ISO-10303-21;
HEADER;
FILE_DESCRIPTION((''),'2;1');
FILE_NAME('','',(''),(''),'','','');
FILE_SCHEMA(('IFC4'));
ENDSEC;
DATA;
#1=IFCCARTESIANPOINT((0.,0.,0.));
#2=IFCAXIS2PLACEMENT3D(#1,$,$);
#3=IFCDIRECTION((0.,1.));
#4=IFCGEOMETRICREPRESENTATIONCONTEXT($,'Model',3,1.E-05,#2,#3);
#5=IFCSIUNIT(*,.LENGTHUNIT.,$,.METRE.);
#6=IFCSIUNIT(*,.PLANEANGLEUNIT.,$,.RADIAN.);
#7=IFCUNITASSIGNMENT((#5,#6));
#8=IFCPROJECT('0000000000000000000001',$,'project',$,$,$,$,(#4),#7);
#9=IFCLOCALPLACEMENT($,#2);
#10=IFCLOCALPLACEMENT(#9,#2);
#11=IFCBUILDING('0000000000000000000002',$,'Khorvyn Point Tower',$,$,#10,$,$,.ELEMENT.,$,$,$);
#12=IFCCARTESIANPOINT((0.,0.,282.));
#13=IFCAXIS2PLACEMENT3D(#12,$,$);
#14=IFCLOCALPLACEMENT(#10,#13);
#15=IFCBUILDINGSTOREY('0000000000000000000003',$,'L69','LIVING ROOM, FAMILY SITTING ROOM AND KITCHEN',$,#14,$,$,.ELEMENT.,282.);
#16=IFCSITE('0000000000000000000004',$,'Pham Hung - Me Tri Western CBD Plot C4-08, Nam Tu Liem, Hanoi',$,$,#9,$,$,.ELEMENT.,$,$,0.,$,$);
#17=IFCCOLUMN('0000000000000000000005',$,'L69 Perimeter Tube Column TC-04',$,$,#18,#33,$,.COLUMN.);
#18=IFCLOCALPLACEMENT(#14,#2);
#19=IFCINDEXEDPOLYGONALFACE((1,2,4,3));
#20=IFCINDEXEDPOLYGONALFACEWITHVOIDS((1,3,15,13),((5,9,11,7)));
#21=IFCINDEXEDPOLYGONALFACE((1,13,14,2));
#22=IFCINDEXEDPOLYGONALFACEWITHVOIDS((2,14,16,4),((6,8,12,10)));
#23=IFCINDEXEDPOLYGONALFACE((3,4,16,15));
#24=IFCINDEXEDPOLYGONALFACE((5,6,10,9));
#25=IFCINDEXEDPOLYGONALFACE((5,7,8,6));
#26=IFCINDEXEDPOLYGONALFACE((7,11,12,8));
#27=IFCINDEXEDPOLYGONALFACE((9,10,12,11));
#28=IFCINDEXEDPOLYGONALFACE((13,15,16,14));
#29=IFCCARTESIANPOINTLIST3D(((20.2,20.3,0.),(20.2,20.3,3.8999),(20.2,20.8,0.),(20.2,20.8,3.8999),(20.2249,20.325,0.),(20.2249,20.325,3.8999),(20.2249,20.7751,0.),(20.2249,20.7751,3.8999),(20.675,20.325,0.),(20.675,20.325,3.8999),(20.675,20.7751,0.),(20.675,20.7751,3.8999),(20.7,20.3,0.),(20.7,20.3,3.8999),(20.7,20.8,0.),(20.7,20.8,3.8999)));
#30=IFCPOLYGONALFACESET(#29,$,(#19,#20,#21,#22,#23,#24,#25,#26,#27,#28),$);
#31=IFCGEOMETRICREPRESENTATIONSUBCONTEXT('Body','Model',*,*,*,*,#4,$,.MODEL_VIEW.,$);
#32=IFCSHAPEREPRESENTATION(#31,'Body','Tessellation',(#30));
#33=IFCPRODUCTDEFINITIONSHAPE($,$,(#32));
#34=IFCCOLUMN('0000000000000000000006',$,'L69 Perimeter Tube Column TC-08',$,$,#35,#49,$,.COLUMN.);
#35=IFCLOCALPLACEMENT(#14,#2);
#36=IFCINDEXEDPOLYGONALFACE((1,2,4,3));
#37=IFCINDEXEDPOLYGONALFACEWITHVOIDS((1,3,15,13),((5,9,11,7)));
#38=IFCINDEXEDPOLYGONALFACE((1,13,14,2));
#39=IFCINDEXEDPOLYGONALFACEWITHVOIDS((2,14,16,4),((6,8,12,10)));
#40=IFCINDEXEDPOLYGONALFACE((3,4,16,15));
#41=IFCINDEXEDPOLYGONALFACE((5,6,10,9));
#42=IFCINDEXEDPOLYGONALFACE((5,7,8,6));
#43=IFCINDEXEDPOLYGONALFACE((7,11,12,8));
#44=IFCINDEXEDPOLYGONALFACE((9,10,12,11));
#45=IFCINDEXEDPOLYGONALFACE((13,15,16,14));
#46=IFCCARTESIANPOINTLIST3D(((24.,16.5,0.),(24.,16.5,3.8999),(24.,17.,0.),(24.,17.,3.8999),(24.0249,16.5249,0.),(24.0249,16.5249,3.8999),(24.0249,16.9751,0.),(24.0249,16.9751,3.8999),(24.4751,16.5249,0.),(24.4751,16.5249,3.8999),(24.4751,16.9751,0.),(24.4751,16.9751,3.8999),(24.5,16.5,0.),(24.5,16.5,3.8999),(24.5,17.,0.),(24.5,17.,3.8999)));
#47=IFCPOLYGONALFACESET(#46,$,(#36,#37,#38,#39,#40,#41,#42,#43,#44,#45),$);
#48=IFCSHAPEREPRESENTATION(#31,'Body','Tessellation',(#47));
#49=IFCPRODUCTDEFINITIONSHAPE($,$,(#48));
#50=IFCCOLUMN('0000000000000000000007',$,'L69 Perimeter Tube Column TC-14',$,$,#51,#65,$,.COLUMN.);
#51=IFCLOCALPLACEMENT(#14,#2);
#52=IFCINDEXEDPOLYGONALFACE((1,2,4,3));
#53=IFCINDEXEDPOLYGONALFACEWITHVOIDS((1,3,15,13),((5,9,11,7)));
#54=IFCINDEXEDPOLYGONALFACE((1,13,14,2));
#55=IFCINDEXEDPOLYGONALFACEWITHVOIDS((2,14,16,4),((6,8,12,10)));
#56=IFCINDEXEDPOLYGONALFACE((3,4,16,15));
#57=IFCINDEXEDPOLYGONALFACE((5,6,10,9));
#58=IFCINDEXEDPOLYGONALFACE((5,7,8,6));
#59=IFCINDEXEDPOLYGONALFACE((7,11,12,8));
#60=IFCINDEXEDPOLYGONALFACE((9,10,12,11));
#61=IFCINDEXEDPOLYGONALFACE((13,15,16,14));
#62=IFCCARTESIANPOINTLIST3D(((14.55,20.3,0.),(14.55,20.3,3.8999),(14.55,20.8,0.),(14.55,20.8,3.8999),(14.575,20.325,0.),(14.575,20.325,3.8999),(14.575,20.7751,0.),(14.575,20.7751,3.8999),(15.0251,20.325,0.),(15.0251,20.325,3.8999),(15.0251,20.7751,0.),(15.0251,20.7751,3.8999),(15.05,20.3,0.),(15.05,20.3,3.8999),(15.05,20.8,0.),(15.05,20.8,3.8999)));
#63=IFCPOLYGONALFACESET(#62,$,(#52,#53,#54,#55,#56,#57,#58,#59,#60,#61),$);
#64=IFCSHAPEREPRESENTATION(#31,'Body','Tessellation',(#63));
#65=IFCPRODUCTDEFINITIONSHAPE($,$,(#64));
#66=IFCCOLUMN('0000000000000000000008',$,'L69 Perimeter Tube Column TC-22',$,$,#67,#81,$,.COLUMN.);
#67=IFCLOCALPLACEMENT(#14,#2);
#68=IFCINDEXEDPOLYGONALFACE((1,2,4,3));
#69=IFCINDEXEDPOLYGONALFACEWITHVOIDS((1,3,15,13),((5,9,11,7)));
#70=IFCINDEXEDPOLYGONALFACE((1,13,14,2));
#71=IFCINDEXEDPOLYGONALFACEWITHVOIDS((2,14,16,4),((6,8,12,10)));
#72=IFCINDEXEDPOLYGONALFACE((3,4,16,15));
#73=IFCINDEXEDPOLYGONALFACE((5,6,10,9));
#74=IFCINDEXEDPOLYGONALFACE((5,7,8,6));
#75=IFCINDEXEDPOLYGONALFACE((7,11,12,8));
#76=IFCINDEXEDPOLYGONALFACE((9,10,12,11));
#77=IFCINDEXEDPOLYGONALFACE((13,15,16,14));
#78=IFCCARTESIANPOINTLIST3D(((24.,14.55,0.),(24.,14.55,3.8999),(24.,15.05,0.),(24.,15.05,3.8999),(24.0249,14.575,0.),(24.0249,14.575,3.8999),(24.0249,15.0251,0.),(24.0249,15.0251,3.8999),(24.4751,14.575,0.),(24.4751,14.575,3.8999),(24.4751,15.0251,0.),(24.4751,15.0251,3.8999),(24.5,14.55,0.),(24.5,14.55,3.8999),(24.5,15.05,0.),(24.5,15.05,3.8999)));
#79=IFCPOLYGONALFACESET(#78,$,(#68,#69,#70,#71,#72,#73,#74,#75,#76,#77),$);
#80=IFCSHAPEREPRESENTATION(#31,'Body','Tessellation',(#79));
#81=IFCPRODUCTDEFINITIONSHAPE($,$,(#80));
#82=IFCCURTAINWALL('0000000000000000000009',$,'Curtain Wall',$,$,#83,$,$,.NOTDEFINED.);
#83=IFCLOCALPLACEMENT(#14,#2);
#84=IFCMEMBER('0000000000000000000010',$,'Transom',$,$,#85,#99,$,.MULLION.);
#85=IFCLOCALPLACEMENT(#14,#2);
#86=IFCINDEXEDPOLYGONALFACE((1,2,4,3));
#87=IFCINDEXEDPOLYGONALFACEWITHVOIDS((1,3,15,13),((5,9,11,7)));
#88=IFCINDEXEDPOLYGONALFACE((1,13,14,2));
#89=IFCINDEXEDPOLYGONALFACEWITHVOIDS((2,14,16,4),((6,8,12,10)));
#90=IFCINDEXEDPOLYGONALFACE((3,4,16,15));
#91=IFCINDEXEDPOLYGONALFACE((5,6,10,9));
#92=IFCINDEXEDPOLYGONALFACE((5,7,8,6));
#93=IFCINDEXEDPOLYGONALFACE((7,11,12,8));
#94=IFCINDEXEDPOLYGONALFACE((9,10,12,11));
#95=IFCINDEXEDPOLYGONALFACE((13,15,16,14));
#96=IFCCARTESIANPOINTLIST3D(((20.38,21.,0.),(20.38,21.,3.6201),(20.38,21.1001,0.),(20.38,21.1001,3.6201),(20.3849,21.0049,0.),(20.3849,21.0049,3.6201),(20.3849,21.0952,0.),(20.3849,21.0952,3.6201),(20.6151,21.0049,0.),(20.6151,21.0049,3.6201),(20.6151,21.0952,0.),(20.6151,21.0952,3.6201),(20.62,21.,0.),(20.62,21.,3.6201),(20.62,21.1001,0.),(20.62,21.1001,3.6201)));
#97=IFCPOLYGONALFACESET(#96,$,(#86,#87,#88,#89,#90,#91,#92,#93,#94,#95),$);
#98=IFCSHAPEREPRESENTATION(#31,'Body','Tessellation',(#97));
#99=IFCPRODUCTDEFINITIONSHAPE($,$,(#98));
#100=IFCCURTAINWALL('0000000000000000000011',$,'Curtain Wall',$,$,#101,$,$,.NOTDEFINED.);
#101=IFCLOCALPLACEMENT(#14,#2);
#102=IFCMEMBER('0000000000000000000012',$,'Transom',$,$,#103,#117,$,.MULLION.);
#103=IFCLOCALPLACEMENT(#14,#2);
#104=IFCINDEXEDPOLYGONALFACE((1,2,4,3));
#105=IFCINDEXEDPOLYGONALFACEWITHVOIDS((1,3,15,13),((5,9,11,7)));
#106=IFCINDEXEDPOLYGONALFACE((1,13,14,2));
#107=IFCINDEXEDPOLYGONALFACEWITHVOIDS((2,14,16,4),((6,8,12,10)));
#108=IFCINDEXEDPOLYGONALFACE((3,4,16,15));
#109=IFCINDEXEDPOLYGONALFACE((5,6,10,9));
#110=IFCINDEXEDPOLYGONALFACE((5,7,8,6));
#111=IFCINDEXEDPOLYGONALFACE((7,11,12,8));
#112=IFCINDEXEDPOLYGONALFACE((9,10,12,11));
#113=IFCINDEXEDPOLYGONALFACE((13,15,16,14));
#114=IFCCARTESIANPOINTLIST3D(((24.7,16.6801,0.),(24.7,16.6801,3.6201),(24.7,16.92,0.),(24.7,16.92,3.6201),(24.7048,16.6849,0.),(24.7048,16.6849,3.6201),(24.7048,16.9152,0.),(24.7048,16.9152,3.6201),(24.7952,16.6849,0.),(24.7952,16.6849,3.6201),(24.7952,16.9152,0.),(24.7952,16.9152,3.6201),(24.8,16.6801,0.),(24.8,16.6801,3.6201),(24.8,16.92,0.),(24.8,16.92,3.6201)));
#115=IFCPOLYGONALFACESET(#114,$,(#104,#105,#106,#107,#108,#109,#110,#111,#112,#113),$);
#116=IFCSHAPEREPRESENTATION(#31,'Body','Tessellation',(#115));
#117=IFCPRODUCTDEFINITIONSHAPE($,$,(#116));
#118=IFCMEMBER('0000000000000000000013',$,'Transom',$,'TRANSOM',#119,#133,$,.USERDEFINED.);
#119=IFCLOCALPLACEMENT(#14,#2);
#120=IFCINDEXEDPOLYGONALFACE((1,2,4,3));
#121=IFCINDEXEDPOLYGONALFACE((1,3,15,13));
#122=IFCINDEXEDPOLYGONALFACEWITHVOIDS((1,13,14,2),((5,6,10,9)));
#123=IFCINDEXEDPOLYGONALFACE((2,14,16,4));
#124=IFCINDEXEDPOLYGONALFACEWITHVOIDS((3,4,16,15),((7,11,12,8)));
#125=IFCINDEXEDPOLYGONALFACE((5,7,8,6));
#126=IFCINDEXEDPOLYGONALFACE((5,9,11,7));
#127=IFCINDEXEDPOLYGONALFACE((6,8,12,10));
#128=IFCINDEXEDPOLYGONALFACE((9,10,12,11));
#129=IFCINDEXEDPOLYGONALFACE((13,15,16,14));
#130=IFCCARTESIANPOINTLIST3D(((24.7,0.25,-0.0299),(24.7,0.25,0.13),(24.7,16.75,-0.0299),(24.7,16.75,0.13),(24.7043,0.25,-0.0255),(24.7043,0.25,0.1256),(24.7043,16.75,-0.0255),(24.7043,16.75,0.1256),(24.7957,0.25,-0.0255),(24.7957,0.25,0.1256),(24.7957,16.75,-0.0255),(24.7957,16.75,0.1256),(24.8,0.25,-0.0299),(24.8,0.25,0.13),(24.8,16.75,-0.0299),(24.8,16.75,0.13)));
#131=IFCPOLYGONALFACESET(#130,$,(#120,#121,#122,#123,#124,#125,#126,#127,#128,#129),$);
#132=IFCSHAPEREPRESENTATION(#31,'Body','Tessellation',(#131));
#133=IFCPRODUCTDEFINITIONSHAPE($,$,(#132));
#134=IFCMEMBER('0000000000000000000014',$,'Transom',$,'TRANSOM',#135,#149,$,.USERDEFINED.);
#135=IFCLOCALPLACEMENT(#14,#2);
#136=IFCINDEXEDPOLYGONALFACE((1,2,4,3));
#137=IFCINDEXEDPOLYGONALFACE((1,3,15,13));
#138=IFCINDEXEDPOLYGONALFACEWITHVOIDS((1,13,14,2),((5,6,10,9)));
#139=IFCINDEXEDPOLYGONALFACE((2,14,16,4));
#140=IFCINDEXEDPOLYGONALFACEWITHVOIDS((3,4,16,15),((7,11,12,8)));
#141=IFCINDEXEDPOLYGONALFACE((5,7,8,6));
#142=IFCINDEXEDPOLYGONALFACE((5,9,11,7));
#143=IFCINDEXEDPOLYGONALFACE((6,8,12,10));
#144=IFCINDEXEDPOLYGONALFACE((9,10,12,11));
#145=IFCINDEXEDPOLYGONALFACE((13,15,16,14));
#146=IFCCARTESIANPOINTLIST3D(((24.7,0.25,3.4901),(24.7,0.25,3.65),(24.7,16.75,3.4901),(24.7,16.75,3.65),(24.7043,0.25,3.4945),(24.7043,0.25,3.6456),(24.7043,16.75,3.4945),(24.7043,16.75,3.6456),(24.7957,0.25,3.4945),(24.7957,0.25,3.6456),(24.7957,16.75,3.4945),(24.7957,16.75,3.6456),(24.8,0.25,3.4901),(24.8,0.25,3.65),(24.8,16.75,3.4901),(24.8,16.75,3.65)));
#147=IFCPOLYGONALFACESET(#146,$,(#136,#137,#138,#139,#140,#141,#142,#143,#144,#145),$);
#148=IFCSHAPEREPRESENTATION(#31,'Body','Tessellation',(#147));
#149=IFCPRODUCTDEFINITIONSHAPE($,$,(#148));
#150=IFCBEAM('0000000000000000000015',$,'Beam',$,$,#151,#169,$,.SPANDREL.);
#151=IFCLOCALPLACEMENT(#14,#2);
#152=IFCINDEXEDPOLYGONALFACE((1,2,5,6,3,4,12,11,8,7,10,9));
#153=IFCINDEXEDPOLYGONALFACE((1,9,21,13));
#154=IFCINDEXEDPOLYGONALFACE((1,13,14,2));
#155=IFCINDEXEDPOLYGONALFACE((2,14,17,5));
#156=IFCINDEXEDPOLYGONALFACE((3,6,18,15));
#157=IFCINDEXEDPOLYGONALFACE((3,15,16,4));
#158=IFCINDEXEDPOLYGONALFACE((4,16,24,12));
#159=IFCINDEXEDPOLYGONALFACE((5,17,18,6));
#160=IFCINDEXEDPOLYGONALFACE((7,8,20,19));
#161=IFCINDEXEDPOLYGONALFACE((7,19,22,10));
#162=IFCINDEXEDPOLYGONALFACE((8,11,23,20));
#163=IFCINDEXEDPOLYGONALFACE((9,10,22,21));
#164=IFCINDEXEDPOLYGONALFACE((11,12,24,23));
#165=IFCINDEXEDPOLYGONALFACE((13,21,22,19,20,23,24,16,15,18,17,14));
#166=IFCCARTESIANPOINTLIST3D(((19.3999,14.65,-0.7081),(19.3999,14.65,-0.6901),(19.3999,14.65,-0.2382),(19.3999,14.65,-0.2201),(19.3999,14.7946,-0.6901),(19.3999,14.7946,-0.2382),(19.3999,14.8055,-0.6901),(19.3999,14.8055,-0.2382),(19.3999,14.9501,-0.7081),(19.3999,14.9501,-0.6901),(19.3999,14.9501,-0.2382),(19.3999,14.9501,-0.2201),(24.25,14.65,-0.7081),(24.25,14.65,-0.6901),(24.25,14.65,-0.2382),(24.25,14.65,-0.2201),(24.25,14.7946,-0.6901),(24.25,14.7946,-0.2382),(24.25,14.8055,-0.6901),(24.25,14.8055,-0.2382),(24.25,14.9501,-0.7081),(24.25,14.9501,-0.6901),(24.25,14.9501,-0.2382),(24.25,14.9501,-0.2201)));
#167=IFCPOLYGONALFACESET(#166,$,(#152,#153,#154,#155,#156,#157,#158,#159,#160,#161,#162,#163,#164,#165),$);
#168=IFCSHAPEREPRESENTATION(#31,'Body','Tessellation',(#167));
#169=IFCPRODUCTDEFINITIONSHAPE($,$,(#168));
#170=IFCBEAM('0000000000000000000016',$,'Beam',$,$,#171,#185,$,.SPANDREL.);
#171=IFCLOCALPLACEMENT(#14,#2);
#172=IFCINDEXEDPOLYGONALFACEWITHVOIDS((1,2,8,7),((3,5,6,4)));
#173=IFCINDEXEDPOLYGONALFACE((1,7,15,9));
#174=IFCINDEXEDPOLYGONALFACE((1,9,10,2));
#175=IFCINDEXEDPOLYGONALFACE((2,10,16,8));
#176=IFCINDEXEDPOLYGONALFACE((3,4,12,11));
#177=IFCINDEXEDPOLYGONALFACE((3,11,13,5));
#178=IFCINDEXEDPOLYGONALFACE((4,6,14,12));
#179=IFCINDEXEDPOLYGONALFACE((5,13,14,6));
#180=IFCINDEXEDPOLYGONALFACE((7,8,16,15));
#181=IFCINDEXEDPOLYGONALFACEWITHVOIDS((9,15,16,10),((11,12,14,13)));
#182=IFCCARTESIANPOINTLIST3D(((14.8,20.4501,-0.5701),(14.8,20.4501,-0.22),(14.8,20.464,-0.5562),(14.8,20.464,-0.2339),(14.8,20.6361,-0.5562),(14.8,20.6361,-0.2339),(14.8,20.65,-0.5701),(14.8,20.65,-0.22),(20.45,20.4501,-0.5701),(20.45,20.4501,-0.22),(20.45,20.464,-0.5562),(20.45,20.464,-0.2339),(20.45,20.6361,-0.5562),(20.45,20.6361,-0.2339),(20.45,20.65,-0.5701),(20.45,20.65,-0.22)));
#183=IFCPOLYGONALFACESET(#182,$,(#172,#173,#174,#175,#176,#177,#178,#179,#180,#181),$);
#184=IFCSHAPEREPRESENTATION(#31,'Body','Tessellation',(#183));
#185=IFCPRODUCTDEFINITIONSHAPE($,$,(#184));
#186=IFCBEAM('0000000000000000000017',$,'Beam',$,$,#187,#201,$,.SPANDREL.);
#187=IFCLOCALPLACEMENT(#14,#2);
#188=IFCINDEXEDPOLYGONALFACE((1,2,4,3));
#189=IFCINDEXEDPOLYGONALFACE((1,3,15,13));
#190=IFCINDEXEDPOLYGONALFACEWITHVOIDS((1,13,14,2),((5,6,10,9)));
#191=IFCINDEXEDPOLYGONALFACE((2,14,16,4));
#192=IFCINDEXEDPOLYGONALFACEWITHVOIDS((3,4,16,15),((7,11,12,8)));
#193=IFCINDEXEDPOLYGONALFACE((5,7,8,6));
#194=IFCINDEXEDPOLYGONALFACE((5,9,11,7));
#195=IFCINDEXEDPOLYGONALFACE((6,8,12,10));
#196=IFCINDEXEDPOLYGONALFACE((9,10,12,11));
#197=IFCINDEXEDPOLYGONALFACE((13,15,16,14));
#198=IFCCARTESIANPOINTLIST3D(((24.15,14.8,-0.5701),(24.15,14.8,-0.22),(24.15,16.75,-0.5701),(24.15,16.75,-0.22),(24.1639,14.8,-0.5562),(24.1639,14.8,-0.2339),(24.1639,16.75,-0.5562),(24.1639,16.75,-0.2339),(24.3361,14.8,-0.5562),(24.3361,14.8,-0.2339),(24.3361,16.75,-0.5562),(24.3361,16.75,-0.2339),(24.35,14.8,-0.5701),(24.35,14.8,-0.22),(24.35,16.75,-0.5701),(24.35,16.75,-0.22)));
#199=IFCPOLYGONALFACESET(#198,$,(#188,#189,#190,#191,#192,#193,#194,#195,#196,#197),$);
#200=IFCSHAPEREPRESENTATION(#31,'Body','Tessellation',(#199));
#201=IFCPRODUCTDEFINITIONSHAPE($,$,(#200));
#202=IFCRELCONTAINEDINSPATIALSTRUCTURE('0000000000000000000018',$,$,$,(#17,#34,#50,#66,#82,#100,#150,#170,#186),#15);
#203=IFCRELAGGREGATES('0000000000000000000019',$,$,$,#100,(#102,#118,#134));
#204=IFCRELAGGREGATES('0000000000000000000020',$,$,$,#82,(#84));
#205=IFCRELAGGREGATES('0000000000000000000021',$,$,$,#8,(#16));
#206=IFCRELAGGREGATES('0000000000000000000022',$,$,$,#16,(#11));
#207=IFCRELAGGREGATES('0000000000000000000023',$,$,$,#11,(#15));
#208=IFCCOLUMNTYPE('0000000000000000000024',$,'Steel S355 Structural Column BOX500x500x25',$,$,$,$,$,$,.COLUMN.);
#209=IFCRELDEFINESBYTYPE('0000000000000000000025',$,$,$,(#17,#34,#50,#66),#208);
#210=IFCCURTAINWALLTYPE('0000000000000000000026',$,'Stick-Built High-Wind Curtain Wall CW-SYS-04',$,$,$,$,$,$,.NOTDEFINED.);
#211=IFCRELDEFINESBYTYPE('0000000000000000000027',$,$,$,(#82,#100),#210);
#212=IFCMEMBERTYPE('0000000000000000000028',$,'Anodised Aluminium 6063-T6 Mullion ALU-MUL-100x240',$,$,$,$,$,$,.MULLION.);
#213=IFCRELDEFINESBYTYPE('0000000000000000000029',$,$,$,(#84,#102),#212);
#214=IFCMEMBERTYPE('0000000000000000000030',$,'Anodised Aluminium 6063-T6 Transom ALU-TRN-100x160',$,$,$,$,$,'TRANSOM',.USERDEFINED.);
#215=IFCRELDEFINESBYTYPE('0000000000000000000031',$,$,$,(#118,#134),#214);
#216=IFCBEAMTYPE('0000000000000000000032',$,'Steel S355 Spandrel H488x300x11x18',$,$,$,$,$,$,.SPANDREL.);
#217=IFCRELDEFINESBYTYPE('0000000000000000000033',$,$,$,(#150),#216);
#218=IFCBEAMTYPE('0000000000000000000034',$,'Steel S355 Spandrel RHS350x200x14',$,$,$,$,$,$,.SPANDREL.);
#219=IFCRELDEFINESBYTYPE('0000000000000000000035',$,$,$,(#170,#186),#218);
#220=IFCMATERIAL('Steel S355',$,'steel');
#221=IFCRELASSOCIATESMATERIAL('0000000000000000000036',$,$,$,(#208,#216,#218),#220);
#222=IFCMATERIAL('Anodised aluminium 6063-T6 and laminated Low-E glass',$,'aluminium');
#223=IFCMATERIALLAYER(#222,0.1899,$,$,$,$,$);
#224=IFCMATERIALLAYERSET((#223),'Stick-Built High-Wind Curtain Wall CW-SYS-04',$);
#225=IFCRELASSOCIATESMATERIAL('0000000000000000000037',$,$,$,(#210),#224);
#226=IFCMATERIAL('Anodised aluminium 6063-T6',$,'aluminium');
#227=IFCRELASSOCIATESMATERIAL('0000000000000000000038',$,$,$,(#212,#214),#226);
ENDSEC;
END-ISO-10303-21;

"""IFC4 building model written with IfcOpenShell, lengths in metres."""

from ifc_helpers import new_model, si_unit, direction, frame, origin, origin_2d, place, context, subcontext, project, spatial, hollow_rectangle, i_section, extrude, material, layer, layer_set, material_profile, profile_set, type_object, element, aggregate, save


model = new_model("IFC4")

# Units and contexts
model_context = context("Model", 3, precision=1e-05, world=origin(), true_north=direction((0.0, 1.0)))
body_context = subcontext(model_context, "Body", "Model", "MODEL_VIEW")
ifc_project = project(units=[si_unit("LENGTHUNIT", "METRE"), si_unit("PLANEANGLEUNIT", "RADIAN")], contexts=[model_context])

# Site, building, storey
site_placement = place(None, origin())
site = spatial("IfcSite", under=ifc_project, at=site_placement, Name="Pham Hung - Me Tri Western CBD Plot C4-08, Nam Tu Liem, Hanoi", CompositionType="ELEMENT", RefElevation=0.0)
building_placement = place(site_placement, origin())
building = spatial("IfcBuilding", under=site, at=building_placement, Name="Khorvyn Point Tower", CompositionType="ELEMENT")
storey_placement = place(building_placement, frame((0.0, 0.0, 282.0)))
storey = spatial("IfcBuildingStorey", under=building, at=storey_placement, Name="L69", Description="LIVING ROOM, FAMILY SITTING ROOM AND KITCHEN", CompositionType="ELEMENT", Elevation=282.0)

# Columns
ifc_material_1 = material(Name="Steel S355", Category="steel")
ifc_material_profile_1 = material_profile(ifc_material_1, hollow_rectangle(XDim=0.5, YDim=0.5, WallThickness=0.0249, at=origin_2d()))
ifc_profile_set_1 = profile_set([ifc_material_profile_1], Name="Steel S355 BOX500x500x25")
column_type = type_object("IfcColumnType", Name="Steel S355 Structural Column BOX500x500x25", PredefinedType="COLUMN", material=ifc_profile_set_1)
for number, where, z_axis, x_axis, name in (
    (1, (20.45, 20.55, 0.0), (0.0, 0.0, 1.0), (1.0, 0.0, 0.0), "L69 Perimeter Tube Column TC-04"),
    (2, (24.25, 16.75, 0.0), (0.0, 0.0, 1.0), (1.0, 0.0, 0.0), "L69 Perimeter Tube Column TC-08"),
    (3, (14.8, 20.55, 0.0), (0.0, 0.0, 1.0), (1.0, 0.0, 0.0), "L69 Perimeter Tube Column TC-14"),
    (4, (24.25, 14.8, 0.0), (0.0, 0.0, 1.0), (1.0, 0.0, 0.0), "L69 Perimeter Tube Column TC-22"),
):
    element("IfcColumn", number, at=place(storey_placement, frame(where, z_axis=z_axis, x_axis=x_axis)), inside=storey, type_object=column_type, Name=name, PredefinedType="COLUMN", context=body_context, shape_type="SweptSolid", body=[
        extrude(hollow_rectangle(XDim=0.5, YDim=0.5, WallThickness=0.0249, at=origin_2d()), origin(), (0.0, 0.0, 1.0), 3.8999),
    ])

# Curtain wall, member
ifc_material_2 = material(Name="Anodised aluminium 6063-T6 and laminated Low-E glass", Category="aluminium")
ifc_layer_1 = layer(ifc_material_2, 0.1899)
ifc_layer_set_1 = layer_set([ifc_layer_1], Name="Stick-Built High-Wind Curtain Wall CW-SYS-04")
curtain_wall_type = type_object("IfcCurtainWallType", Name="Stick-Built High-Wind Curtain Wall CW-SYS-04", PredefinedType="NOTDEFINED", material=ifc_layer_set_1)
curtain_wall_1_placement = place(storey_placement, origin())
curtain_wall_1 = element("IfcCurtainWall", 5, at=curtain_wall_1_placement, inside=storey, type_object=curtain_wall_type, Name="Curtain Wall", PredefinedType="NOTDEFINED")
ifc_material_3 = material(Name="Anodised aluminium 6063-T6", Category="aluminium")
ifc_material_profile_2 = material_profile(ifc_material_3, hollow_rectangle(XDim=0.1001, YDim=0.24, WallThickness=0.0049, at=origin_2d()))
ifc_profile_set_2 = profile_set([ifc_material_profile_2], Name="Anodised aluminium 6063-T6 ALU-MUL-100x240")
member_type_1 = type_object("IfcMemberType", Name="Anodised Aluminium 6063-T6 Mullion ALU-MUL-100x240", PredefinedType="MULLION", material=ifc_profile_set_2)
member_1_placement = place(storey_placement, frame((20.5, 21.05, 0.0), z_axis=(0.0, 0.0, 1.0), x_axis=(0.0, 1.0, 0.0)))
member_1 = element("IfcMember", 6, at=member_1_placement, type_object=member_type_1, Name="Transom", PredefinedType="MULLION", context=body_context, shape_type="SweptSolid", body=[
    extrude(hollow_rectangle(XDim=0.1001, YDim=0.24, WallThickness=0.0049, at=origin_2d()), origin(), (0.0, 0.0, 1.0), 3.6201),
])

# Curtain wall, members
curtain_wall_2_placement = place(storey_placement, origin())
curtain_wall_2 = element("IfcCurtainWall", 7, at=curtain_wall_2_placement, inside=storey, type_object=curtain_wall_type, Name="Curtain Wall", PredefinedType="NOTDEFINED")
member_2_placement = place(storey_placement, frame((24.75, 16.8, 0.0), z_axis=(0.0, 0.0, 1.0), x_axis=(1.0, 0.0, 0.0)))
member_2 = element("IfcMember", 8, at=member_2_placement, type_object=member_type_1, Name="Transom", PredefinedType="MULLION", context=body_context, shape_type="SweptSolid", body=[
    extrude(hollow_rectangle(XDim=0.1001, YDim=0.24, WallThickness=0.0049, at=origin_2d()), origin(), (0.0, 0.0, 1.0), 3.6201),
])
ifc_material_profile_3 = material_profile(ifc_material_3, hollow_rectangle(XDim=0.1001, YDim=0.1599, WallThickness=0.0044, at=origin_2d()))
ifc_profile_set_3 = profile_set([ifc_material_profile_3], Name="Anodised aluminium 6063-T6 ALU-TRN-100x160")
member_type_2 = type_object("IfcMemberType", Name="Anodised Aluminium 6063-T6 Transom ALU-TRN-100x160", ElementType="TRANSOM", PredefinedType="USERDEFINED", material=ifc_profile_set_3)
member_3_placement = place(storey_placement, frame((24.75, 16.75, 0.05), z_axis=(0.0, -1.0, 0.0), x_axis=(1.0, 0.0, 0.0)))
member_3 = element("IfcMember", 9, at=member_3_placement, type_object=member_type_2, Name="Transom", ObjectType="TRANSOM", PredefinedType="USERDEFINED", context=body_context, shape_type="SweptSolid", body=[
    extrude(hollow_rectangle(XDim=0.1001, YDim=0.1599, WallThickness=0.0044, at=origin_2d()), origin(), (0.0, 0.0, 1.0), 16.5),
])
member_4_placement = place(storey_placement, frame((24.75, 16.75, 3.5701), z_axis=(0.0, -1.0, 0.0), x_axis=(1.0, 0.0, 0.0)))
member_4 = element("IfcMember", 10, at=member_4_placement, type_object=member_type_2, Name="Transom", ObjectType="TRANSOM", PredefinedType="USERDEFINED", context=body_context, shape_type="SweptSolid", body=[
    extrude(hollow_rectangle(XDim=0.1001, YDim=0.1599, WallThickness=0.0044, at=origin_2d()), origin(), (0.0, 0.0, 1.0), 16.5),
])
aggregate(curtain_wall_2, [member_2, member_3, member_4])

# Beams
ifc_material_profile_4 = material_profile(ifc_material_1, i_section(OverallWidth=0.3, OverallDepth=0.488, WebThickness=0.011, FlangeThickness=0.0181, at=origin_2d()))
ifc_profile_set_4 = profile_set([ifc_material_profile_4], Name="Steel S355 H488x300x11x18")
beam_type_1 = type_object("IfcBeamType", Name="Steel S355 Spandrel H488x300x11x18", PredefinedType="SPANDREL", material=ifc_profile_set_4)
beam_1_placement = place(storey_placement, frame((19.3999, 14.8, -0.4641), z_axis=(1.0, 0.0, 0.0), x_axis=(0.0, 1.0, 0.0)))
element("IfcBeam", 11, at=beam_1_placement, inside=storey, type_object=beam_type_1, Name="Beam", PredefinedType="SPANDREL", context=body_context, shape_type="SweptSolid", body=[
    extrude(i_section(OverallWidth=0.3, OverallDepth=0.488, WebThickness=0.011, FlangeThickness=0.0181, at=origin_2d()), origin(), (0.0, 0.0, 1.0), 4.8501),
])
ifc_material_profile_5 = material_profile(ifc_material_1, hollow_rectangle(XDim=0.2, YDim=0.3501, WallThickness=0.0139, at=origin_2d()))
ifc_profile_set_5 = profile_set([ifc_material_profile_5], Name="Steel S355 RHS350x200x14")
beam_type_2 = type_object("IfcBeamType", Name="Steel S355 Spandrel RHS350x200x14", PredefinedType="SPANDREL", material=ifc_profile_set_5)
beam_2_placement = place(storey_placement, frame((14.8, 20.55, -0.395), z_axis=(1.0, 0.0, 0.0), x_axis=(0.0, 1.0, 0.0)))
element("IfcBeam", 12, at=beam_2_placement, inside=storey, type_object=beam_type_2, Name="Beam", PredefinedType="SPANDREL", context=body_context, shape_type="SweptSolid", body=[
    extrude(hollow_rectangle(XDim=0.2, YDim=0.3501, WallThickness=0.0139, at=origin_2d()), origin(), (0.0, 0.0, 1.0), 5.6499),
])
beam_3_placement = place(storey_placement, frame((24.25, 14.8, -0.395), z_axis=(0.0, 1.0, 0.0), x_axis=(-1.0, 0.0, 0.0)))
element("IfcBeam", 13, at=beam_3_placement, inside=storey, type_object=beam_type_2, Name="Beam", PredefinedType="SPANDREL", context=body_context, shape_type="SweptSolid", body=[
    extrude(hollow_rectangle(XDim=0.2, YDim=0.3501, WallThickness=0.0139, at=origin_2d()), origin(), (0.0, 0.0, 1.0), 1.95),
])

aggregate(curtain_wall_1, [member_1])

save(model, "model.ifc")
